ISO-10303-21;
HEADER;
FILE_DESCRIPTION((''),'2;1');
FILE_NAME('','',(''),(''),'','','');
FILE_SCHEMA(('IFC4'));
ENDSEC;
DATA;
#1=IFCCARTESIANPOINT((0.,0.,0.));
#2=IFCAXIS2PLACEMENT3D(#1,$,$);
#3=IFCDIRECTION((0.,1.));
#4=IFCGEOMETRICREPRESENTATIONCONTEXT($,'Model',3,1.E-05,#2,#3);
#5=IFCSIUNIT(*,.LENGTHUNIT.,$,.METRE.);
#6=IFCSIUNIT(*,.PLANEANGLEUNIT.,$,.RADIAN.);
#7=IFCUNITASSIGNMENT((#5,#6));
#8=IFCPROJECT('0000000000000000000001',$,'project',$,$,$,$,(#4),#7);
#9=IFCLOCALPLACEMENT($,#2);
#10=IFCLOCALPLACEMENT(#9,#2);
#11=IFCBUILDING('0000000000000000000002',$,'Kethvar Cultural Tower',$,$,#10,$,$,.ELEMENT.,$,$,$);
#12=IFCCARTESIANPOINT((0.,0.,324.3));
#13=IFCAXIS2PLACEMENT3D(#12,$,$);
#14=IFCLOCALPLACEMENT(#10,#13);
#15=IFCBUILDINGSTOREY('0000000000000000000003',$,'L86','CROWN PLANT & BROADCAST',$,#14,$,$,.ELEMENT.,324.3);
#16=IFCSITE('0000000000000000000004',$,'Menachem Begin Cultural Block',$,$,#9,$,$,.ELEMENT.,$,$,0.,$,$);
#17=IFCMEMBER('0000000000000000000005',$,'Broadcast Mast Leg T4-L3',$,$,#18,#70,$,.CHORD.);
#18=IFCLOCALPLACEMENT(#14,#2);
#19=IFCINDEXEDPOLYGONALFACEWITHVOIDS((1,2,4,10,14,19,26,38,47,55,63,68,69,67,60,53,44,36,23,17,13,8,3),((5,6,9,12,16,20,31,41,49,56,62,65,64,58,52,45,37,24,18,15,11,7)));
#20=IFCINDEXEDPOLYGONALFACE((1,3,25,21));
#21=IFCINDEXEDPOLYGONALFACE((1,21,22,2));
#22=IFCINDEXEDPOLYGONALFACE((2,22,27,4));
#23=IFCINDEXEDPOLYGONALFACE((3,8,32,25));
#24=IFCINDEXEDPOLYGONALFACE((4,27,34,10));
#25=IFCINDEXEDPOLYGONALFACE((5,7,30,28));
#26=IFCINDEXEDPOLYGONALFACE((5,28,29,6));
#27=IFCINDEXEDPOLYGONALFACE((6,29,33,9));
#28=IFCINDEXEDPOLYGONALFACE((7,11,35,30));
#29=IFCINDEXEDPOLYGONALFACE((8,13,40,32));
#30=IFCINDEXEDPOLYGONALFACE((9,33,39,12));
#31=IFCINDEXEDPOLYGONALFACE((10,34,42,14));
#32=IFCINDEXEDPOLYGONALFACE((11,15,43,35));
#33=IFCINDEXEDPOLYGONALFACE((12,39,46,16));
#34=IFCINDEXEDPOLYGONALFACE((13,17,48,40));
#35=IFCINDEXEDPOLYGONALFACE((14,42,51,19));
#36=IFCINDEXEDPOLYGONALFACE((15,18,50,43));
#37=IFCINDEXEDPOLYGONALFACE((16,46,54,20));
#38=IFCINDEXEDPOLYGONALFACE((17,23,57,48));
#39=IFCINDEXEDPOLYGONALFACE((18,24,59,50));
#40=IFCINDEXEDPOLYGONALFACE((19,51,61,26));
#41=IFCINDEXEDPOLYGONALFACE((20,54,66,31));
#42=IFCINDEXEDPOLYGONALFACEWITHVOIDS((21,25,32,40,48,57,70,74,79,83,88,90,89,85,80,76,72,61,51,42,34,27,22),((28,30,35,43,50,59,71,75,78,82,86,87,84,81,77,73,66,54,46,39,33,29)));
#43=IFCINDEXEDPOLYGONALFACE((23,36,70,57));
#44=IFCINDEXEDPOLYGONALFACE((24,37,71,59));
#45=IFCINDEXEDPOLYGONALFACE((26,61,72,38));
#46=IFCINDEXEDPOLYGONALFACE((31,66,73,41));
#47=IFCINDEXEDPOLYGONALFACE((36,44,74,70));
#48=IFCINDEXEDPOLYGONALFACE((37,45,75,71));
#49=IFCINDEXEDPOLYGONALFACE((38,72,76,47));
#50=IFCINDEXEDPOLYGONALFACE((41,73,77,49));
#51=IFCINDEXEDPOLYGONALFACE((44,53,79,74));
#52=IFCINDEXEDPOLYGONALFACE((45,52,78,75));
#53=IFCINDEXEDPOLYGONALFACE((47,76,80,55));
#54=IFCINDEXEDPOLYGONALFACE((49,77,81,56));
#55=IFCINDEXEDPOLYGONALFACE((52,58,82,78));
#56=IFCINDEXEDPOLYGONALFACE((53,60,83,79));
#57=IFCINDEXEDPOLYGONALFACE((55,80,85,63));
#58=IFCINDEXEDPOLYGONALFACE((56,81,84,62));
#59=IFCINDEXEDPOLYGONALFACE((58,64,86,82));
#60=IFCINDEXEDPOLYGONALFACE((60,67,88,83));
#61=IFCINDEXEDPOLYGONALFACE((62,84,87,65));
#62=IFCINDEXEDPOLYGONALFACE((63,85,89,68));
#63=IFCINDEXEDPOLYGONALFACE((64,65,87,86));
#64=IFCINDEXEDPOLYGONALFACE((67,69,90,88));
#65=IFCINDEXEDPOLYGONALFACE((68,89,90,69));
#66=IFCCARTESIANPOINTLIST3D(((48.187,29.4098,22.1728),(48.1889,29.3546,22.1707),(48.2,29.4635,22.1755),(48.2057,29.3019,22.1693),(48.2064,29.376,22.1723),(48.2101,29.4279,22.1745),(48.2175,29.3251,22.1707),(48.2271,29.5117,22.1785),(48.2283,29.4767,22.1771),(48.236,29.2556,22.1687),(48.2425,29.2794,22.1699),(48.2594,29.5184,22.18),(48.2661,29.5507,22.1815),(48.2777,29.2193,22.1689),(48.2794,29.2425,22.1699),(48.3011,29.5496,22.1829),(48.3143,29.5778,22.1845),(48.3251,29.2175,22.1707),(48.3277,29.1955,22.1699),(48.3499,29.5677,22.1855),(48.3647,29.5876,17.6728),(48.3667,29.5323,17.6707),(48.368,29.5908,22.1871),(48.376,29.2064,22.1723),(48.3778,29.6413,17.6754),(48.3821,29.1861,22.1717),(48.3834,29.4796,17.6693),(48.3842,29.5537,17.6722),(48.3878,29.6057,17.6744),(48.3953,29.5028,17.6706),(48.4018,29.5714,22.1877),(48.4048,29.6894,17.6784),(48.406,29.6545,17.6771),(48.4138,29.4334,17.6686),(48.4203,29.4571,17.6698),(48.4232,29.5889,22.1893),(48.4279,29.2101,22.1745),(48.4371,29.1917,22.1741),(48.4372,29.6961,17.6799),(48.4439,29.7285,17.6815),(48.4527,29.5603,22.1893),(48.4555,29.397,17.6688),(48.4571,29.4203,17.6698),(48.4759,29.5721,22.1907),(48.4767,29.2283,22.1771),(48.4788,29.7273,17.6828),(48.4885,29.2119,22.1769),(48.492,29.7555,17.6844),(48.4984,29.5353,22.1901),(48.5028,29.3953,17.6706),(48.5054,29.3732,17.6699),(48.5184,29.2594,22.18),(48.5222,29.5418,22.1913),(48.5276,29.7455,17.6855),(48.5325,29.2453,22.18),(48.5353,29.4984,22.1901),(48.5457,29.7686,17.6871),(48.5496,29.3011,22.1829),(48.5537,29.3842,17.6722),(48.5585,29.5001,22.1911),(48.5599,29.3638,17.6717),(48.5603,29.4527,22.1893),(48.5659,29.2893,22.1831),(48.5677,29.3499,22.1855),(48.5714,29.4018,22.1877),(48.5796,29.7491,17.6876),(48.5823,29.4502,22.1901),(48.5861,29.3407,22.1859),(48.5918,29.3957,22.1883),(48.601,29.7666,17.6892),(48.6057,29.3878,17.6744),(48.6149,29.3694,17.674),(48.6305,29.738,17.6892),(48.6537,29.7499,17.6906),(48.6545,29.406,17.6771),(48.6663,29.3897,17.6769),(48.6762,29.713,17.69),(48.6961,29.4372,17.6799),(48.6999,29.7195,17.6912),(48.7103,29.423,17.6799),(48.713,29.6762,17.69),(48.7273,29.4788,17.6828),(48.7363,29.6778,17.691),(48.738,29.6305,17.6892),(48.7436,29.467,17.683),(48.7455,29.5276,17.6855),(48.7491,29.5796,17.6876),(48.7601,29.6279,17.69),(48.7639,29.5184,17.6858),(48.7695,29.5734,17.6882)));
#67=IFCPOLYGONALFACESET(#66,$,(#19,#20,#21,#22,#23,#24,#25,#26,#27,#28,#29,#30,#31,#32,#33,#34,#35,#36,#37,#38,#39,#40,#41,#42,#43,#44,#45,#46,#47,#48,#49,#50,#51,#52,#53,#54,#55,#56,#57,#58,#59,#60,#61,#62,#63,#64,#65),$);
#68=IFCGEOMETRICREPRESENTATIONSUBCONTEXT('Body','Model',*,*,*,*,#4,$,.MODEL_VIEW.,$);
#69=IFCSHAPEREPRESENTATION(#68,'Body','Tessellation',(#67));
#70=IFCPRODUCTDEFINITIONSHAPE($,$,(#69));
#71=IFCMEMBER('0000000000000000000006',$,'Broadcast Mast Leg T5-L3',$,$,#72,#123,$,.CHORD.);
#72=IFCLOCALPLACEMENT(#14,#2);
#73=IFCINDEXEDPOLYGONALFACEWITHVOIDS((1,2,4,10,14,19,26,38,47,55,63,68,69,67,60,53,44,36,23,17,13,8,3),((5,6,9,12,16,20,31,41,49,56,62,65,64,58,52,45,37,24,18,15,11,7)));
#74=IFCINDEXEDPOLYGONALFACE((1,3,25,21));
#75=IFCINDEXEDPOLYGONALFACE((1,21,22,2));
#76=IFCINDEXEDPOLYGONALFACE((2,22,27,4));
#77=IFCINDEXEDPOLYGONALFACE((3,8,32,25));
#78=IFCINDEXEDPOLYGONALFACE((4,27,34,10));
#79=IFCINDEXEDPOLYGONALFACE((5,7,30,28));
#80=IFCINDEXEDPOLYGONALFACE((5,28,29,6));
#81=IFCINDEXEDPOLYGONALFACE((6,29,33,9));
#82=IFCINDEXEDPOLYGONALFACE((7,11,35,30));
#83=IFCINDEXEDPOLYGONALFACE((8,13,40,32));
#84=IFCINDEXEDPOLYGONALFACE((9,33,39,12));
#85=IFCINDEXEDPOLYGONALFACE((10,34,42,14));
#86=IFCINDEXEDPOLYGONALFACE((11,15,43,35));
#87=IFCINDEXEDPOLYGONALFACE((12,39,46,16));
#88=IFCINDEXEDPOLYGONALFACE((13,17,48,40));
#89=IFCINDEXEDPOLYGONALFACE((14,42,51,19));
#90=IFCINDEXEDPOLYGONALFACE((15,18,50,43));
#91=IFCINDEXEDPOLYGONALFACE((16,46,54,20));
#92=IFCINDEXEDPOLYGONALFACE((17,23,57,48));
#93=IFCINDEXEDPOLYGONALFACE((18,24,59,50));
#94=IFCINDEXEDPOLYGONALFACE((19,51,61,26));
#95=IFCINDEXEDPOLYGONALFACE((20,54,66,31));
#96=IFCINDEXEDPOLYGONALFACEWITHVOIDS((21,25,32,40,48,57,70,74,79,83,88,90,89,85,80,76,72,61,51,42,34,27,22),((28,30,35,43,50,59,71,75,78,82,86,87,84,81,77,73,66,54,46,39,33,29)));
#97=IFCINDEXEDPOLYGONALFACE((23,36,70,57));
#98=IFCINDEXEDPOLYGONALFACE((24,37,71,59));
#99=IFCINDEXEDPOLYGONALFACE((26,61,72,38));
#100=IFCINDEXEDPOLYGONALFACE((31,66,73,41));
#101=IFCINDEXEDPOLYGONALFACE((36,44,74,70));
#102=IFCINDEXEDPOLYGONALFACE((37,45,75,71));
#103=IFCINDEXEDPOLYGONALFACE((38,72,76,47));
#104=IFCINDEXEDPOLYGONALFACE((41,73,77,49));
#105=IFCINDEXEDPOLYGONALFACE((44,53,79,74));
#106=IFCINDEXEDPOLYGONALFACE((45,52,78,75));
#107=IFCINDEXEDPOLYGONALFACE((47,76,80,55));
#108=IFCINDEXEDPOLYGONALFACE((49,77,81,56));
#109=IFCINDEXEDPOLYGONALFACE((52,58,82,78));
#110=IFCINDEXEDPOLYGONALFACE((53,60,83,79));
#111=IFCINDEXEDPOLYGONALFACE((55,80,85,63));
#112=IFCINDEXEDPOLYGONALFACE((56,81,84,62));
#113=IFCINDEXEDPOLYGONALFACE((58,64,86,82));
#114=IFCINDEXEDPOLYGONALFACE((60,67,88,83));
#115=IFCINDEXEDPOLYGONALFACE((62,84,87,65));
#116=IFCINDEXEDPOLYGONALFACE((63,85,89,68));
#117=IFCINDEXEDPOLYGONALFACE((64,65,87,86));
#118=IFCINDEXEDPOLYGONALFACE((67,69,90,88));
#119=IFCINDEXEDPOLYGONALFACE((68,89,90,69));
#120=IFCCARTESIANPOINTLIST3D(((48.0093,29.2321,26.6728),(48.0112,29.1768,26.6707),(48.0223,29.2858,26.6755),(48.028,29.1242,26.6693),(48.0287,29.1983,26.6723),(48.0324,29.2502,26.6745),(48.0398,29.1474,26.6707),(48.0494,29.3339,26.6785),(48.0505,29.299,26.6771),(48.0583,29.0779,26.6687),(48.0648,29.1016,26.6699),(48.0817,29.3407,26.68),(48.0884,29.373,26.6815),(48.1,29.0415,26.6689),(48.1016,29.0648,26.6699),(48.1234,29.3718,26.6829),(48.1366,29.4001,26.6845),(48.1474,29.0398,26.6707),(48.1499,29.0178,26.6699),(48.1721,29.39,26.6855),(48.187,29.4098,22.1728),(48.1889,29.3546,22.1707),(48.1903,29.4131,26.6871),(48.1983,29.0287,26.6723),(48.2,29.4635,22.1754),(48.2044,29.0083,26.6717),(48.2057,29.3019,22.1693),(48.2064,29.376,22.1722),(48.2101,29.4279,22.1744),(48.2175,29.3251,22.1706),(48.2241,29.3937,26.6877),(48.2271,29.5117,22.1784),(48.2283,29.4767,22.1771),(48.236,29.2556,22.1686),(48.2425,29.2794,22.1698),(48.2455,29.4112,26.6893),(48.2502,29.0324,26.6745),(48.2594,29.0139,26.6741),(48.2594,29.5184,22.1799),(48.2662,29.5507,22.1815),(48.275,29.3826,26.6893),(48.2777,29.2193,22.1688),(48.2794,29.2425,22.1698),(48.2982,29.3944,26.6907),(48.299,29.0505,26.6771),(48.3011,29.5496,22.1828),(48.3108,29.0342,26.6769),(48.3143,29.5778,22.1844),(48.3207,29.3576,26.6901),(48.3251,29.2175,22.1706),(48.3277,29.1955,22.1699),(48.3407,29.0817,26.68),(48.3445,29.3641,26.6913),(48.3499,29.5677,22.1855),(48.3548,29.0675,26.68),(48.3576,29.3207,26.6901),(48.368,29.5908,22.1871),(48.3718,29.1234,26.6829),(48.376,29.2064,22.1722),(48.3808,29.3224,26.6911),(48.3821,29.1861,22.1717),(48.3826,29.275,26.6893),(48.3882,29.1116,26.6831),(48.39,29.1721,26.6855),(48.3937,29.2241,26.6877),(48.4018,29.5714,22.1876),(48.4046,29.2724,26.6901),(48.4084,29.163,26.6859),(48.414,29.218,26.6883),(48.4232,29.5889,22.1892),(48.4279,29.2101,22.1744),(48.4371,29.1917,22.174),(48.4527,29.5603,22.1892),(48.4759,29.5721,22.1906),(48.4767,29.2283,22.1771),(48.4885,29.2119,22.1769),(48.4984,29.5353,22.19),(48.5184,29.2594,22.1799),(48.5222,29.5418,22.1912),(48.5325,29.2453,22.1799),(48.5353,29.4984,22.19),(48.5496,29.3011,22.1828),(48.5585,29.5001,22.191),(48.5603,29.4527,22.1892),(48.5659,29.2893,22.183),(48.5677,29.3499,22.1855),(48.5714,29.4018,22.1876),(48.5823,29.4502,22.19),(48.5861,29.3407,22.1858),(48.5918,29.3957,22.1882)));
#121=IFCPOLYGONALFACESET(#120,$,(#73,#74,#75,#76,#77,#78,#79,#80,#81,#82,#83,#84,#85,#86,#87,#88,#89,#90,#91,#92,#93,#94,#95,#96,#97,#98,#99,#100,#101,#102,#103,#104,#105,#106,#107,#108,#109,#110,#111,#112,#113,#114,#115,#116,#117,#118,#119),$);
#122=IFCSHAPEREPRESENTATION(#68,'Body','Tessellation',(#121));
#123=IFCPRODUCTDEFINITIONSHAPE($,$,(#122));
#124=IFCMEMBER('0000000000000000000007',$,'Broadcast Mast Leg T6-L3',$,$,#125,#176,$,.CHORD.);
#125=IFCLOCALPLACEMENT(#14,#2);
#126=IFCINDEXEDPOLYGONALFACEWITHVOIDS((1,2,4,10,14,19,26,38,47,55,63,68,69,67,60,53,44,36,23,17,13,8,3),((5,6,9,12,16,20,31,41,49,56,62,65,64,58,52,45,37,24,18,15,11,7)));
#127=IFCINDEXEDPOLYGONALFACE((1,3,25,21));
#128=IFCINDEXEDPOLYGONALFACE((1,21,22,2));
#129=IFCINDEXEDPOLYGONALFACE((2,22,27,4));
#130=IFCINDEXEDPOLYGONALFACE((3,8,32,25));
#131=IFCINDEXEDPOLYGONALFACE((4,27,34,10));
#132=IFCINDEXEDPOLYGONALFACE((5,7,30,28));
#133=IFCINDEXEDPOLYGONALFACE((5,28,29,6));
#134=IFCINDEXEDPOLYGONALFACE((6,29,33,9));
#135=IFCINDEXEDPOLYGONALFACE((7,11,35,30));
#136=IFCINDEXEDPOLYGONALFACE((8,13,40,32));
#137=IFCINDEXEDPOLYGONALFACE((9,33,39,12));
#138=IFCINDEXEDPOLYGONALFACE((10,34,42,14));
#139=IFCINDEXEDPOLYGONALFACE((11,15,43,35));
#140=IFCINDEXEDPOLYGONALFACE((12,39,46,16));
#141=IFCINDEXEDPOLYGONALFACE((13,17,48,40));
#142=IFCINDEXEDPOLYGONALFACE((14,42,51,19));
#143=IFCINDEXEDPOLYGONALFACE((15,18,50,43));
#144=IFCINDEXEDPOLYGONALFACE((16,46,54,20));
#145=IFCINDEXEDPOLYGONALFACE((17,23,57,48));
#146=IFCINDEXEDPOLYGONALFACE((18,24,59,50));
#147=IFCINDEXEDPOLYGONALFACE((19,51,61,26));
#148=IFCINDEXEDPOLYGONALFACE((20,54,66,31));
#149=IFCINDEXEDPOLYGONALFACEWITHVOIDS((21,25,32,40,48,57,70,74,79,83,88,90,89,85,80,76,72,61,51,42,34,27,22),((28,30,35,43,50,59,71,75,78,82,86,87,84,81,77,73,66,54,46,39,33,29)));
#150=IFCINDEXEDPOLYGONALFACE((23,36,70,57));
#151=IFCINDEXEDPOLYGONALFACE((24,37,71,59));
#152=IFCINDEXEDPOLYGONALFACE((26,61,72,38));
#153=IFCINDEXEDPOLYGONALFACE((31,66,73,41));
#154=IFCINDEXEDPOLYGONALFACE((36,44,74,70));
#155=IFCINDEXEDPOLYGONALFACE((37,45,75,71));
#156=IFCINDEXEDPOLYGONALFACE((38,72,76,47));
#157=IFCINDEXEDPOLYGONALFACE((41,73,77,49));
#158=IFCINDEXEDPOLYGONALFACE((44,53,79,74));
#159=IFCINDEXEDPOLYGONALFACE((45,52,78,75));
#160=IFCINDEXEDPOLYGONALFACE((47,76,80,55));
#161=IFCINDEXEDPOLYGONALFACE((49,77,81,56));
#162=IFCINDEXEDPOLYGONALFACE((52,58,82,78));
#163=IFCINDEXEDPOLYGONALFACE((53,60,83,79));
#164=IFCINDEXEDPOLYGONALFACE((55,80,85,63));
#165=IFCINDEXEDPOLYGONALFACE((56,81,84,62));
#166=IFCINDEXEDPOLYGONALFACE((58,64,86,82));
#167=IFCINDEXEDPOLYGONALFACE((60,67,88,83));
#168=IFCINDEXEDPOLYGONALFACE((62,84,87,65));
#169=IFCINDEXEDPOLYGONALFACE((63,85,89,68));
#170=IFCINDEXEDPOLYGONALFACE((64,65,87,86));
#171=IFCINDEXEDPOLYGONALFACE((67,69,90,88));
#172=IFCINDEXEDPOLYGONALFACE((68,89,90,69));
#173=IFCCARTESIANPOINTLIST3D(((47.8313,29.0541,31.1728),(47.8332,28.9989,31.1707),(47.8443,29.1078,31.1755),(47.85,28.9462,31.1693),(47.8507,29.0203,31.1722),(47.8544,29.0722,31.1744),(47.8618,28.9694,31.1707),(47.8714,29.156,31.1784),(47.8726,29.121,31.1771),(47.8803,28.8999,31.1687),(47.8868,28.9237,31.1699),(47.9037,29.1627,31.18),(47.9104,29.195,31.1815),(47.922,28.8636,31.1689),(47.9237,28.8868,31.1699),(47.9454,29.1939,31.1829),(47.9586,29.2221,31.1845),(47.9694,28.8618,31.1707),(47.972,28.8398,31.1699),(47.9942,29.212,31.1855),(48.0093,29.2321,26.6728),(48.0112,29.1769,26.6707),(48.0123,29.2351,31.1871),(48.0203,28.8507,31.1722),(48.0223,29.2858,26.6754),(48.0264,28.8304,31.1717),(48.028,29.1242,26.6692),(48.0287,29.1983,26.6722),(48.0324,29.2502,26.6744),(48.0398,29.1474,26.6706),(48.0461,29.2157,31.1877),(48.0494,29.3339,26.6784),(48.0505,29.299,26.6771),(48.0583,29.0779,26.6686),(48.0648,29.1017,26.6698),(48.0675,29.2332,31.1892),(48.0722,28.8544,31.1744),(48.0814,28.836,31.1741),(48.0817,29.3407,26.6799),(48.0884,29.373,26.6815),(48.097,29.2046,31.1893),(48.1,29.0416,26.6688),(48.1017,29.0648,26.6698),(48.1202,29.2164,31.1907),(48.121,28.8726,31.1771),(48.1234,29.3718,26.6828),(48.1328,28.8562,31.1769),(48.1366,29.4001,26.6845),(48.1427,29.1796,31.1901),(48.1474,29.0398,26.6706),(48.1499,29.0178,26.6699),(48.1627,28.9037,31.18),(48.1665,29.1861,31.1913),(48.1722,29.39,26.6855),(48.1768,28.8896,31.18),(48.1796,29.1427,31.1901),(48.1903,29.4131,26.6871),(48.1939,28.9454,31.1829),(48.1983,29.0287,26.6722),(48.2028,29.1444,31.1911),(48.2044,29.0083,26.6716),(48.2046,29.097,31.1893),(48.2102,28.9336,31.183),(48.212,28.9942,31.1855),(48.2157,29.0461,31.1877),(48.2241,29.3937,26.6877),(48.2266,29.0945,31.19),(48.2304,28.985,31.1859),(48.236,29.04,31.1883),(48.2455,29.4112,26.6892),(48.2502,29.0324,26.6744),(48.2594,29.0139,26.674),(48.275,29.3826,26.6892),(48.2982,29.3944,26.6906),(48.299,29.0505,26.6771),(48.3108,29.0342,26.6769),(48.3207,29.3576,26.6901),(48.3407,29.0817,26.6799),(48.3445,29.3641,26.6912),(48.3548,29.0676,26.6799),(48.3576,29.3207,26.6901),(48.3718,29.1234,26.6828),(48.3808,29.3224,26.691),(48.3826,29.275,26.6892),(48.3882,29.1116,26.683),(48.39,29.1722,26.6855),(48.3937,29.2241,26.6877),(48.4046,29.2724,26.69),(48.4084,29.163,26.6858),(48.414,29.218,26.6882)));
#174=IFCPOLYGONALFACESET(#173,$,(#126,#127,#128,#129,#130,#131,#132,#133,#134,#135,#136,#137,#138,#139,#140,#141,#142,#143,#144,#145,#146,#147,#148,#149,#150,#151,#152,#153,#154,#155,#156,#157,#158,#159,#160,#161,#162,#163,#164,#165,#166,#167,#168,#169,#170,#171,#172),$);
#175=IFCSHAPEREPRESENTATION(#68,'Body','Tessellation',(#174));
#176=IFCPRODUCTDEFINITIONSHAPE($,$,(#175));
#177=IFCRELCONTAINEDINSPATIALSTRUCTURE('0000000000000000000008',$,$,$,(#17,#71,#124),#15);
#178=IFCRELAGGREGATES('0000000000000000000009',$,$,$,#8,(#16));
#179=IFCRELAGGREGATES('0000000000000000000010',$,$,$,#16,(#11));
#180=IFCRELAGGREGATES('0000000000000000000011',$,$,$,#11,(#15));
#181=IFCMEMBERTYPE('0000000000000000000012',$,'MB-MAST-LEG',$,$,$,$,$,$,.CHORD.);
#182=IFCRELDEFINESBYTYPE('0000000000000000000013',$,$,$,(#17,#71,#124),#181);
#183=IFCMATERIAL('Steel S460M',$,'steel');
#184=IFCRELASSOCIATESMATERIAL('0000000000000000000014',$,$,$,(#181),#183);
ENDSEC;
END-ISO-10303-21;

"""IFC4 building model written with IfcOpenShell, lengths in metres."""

from ifc_helpers import new_model, si_unit, direction, frame, origin, origin_2d, place, context, subcontext, project, spatial, hollow_circle, extrude, source, transform, mapped, material, material_profile, profile_set, type_object, element, save


model = new_model("IFC4")

# Units and contexts
model_context = context("Model", 3, precision=1e-05, world=origin(), true_north=direction((0.0, 1.0)))
body_context = subcontext(model_context, "Body", "Model", "MODEL_VIEW")
ifc_project = project(units=[si_unit("LENGTHUNIT", "METRE"), si_unit("PLANEANGLEUNIT", "RADIAN")], contexts=[model_context])

# Site, building, storey
site_placement = place(None, origin())
site = spatial("IfcSite", under=ifc_project, at=site_placement, Name="Menachem Begin Cultural Block", CompositionType="ELEMENT", RefElevation=0.0)
building_placement = place(site_placement, origin())
building = spatial("IfcBuilding", under=site, at=building_placement, Name="Kethvar Cultural Tower", CompositionType="ELEMENT")
storey_placement = place(building_placement, frame((0.0, 0.0, 324.3)))
storey = spatial("IfcBuildingStorey", under=building, at=storey_placement, Name="L86", Description="CROWN PLANT & BROADCAST", CompositionType="ELEMENT", Elevation=324.3)

# Members
ifc_material_1 = material(Name="Steel S460M", Category="steel")
ifc_material_profile_1 = material_profile(ifc_material_1, hollow_circle(Radius=0.2031, WallThickness=0.02, at=origin_2d()), Name="Steel S460M — CHS406x20")
ifc_profile_set_1 = profile_set([ifc_material_profile_1], Name="Steel S460M — CHS406x20")
member_type_1 = type_object("IfcMemberType", Name="MB-MAST-LEG", PredefinedType="CHORD", material=ifc_profile_set_1)
shared_shape_1 = source(origin(), body_context, "Body", "SweptSolid", [
    extrude(hollow_circle(Radius=0.2031, WallThickness=0.02, at=origin_2d()), origin(), (0.0, 0.0, 1.0), 4.5071),
])
for number, where, z_axis, x_axis, name in (
    (1, (48.5667, 29.5667, 17.6799), (-0.039435, -0.039435, 0.998444), (0.707107, -0.707107, 0.0), "Broadcast Mast Leg T4-L3"),
    (2, (48.3889, 29.3889, 22.1799), (-0.039435, -0.039435, 0.998444), (0.707107, -0.707107, 0.0), "Broadcast Mast Leg T5-L3"),
    (3, (48.2112, 29.2112, 26.6799), (-0.039489, -0.039489, 0.998439), (0.707107, -0.707107, 0.0), "Broadcast Mast Leg T6-L3"),
):
    element("IfcMember", number, at=place(storey_placement, frame(where, z_axis=z_axis, x_axis=x_axis)), inside=storey, type_object=member_type_1, Name=name, PredefinedType="CHORD", context=body_context, shape_type="MappedRepresentation", body=[
        mapped(shared_shape_1, transform((0.0, 0.0, 0.0), scale=1.0)),
    ])

save(model, "model.ifc")
